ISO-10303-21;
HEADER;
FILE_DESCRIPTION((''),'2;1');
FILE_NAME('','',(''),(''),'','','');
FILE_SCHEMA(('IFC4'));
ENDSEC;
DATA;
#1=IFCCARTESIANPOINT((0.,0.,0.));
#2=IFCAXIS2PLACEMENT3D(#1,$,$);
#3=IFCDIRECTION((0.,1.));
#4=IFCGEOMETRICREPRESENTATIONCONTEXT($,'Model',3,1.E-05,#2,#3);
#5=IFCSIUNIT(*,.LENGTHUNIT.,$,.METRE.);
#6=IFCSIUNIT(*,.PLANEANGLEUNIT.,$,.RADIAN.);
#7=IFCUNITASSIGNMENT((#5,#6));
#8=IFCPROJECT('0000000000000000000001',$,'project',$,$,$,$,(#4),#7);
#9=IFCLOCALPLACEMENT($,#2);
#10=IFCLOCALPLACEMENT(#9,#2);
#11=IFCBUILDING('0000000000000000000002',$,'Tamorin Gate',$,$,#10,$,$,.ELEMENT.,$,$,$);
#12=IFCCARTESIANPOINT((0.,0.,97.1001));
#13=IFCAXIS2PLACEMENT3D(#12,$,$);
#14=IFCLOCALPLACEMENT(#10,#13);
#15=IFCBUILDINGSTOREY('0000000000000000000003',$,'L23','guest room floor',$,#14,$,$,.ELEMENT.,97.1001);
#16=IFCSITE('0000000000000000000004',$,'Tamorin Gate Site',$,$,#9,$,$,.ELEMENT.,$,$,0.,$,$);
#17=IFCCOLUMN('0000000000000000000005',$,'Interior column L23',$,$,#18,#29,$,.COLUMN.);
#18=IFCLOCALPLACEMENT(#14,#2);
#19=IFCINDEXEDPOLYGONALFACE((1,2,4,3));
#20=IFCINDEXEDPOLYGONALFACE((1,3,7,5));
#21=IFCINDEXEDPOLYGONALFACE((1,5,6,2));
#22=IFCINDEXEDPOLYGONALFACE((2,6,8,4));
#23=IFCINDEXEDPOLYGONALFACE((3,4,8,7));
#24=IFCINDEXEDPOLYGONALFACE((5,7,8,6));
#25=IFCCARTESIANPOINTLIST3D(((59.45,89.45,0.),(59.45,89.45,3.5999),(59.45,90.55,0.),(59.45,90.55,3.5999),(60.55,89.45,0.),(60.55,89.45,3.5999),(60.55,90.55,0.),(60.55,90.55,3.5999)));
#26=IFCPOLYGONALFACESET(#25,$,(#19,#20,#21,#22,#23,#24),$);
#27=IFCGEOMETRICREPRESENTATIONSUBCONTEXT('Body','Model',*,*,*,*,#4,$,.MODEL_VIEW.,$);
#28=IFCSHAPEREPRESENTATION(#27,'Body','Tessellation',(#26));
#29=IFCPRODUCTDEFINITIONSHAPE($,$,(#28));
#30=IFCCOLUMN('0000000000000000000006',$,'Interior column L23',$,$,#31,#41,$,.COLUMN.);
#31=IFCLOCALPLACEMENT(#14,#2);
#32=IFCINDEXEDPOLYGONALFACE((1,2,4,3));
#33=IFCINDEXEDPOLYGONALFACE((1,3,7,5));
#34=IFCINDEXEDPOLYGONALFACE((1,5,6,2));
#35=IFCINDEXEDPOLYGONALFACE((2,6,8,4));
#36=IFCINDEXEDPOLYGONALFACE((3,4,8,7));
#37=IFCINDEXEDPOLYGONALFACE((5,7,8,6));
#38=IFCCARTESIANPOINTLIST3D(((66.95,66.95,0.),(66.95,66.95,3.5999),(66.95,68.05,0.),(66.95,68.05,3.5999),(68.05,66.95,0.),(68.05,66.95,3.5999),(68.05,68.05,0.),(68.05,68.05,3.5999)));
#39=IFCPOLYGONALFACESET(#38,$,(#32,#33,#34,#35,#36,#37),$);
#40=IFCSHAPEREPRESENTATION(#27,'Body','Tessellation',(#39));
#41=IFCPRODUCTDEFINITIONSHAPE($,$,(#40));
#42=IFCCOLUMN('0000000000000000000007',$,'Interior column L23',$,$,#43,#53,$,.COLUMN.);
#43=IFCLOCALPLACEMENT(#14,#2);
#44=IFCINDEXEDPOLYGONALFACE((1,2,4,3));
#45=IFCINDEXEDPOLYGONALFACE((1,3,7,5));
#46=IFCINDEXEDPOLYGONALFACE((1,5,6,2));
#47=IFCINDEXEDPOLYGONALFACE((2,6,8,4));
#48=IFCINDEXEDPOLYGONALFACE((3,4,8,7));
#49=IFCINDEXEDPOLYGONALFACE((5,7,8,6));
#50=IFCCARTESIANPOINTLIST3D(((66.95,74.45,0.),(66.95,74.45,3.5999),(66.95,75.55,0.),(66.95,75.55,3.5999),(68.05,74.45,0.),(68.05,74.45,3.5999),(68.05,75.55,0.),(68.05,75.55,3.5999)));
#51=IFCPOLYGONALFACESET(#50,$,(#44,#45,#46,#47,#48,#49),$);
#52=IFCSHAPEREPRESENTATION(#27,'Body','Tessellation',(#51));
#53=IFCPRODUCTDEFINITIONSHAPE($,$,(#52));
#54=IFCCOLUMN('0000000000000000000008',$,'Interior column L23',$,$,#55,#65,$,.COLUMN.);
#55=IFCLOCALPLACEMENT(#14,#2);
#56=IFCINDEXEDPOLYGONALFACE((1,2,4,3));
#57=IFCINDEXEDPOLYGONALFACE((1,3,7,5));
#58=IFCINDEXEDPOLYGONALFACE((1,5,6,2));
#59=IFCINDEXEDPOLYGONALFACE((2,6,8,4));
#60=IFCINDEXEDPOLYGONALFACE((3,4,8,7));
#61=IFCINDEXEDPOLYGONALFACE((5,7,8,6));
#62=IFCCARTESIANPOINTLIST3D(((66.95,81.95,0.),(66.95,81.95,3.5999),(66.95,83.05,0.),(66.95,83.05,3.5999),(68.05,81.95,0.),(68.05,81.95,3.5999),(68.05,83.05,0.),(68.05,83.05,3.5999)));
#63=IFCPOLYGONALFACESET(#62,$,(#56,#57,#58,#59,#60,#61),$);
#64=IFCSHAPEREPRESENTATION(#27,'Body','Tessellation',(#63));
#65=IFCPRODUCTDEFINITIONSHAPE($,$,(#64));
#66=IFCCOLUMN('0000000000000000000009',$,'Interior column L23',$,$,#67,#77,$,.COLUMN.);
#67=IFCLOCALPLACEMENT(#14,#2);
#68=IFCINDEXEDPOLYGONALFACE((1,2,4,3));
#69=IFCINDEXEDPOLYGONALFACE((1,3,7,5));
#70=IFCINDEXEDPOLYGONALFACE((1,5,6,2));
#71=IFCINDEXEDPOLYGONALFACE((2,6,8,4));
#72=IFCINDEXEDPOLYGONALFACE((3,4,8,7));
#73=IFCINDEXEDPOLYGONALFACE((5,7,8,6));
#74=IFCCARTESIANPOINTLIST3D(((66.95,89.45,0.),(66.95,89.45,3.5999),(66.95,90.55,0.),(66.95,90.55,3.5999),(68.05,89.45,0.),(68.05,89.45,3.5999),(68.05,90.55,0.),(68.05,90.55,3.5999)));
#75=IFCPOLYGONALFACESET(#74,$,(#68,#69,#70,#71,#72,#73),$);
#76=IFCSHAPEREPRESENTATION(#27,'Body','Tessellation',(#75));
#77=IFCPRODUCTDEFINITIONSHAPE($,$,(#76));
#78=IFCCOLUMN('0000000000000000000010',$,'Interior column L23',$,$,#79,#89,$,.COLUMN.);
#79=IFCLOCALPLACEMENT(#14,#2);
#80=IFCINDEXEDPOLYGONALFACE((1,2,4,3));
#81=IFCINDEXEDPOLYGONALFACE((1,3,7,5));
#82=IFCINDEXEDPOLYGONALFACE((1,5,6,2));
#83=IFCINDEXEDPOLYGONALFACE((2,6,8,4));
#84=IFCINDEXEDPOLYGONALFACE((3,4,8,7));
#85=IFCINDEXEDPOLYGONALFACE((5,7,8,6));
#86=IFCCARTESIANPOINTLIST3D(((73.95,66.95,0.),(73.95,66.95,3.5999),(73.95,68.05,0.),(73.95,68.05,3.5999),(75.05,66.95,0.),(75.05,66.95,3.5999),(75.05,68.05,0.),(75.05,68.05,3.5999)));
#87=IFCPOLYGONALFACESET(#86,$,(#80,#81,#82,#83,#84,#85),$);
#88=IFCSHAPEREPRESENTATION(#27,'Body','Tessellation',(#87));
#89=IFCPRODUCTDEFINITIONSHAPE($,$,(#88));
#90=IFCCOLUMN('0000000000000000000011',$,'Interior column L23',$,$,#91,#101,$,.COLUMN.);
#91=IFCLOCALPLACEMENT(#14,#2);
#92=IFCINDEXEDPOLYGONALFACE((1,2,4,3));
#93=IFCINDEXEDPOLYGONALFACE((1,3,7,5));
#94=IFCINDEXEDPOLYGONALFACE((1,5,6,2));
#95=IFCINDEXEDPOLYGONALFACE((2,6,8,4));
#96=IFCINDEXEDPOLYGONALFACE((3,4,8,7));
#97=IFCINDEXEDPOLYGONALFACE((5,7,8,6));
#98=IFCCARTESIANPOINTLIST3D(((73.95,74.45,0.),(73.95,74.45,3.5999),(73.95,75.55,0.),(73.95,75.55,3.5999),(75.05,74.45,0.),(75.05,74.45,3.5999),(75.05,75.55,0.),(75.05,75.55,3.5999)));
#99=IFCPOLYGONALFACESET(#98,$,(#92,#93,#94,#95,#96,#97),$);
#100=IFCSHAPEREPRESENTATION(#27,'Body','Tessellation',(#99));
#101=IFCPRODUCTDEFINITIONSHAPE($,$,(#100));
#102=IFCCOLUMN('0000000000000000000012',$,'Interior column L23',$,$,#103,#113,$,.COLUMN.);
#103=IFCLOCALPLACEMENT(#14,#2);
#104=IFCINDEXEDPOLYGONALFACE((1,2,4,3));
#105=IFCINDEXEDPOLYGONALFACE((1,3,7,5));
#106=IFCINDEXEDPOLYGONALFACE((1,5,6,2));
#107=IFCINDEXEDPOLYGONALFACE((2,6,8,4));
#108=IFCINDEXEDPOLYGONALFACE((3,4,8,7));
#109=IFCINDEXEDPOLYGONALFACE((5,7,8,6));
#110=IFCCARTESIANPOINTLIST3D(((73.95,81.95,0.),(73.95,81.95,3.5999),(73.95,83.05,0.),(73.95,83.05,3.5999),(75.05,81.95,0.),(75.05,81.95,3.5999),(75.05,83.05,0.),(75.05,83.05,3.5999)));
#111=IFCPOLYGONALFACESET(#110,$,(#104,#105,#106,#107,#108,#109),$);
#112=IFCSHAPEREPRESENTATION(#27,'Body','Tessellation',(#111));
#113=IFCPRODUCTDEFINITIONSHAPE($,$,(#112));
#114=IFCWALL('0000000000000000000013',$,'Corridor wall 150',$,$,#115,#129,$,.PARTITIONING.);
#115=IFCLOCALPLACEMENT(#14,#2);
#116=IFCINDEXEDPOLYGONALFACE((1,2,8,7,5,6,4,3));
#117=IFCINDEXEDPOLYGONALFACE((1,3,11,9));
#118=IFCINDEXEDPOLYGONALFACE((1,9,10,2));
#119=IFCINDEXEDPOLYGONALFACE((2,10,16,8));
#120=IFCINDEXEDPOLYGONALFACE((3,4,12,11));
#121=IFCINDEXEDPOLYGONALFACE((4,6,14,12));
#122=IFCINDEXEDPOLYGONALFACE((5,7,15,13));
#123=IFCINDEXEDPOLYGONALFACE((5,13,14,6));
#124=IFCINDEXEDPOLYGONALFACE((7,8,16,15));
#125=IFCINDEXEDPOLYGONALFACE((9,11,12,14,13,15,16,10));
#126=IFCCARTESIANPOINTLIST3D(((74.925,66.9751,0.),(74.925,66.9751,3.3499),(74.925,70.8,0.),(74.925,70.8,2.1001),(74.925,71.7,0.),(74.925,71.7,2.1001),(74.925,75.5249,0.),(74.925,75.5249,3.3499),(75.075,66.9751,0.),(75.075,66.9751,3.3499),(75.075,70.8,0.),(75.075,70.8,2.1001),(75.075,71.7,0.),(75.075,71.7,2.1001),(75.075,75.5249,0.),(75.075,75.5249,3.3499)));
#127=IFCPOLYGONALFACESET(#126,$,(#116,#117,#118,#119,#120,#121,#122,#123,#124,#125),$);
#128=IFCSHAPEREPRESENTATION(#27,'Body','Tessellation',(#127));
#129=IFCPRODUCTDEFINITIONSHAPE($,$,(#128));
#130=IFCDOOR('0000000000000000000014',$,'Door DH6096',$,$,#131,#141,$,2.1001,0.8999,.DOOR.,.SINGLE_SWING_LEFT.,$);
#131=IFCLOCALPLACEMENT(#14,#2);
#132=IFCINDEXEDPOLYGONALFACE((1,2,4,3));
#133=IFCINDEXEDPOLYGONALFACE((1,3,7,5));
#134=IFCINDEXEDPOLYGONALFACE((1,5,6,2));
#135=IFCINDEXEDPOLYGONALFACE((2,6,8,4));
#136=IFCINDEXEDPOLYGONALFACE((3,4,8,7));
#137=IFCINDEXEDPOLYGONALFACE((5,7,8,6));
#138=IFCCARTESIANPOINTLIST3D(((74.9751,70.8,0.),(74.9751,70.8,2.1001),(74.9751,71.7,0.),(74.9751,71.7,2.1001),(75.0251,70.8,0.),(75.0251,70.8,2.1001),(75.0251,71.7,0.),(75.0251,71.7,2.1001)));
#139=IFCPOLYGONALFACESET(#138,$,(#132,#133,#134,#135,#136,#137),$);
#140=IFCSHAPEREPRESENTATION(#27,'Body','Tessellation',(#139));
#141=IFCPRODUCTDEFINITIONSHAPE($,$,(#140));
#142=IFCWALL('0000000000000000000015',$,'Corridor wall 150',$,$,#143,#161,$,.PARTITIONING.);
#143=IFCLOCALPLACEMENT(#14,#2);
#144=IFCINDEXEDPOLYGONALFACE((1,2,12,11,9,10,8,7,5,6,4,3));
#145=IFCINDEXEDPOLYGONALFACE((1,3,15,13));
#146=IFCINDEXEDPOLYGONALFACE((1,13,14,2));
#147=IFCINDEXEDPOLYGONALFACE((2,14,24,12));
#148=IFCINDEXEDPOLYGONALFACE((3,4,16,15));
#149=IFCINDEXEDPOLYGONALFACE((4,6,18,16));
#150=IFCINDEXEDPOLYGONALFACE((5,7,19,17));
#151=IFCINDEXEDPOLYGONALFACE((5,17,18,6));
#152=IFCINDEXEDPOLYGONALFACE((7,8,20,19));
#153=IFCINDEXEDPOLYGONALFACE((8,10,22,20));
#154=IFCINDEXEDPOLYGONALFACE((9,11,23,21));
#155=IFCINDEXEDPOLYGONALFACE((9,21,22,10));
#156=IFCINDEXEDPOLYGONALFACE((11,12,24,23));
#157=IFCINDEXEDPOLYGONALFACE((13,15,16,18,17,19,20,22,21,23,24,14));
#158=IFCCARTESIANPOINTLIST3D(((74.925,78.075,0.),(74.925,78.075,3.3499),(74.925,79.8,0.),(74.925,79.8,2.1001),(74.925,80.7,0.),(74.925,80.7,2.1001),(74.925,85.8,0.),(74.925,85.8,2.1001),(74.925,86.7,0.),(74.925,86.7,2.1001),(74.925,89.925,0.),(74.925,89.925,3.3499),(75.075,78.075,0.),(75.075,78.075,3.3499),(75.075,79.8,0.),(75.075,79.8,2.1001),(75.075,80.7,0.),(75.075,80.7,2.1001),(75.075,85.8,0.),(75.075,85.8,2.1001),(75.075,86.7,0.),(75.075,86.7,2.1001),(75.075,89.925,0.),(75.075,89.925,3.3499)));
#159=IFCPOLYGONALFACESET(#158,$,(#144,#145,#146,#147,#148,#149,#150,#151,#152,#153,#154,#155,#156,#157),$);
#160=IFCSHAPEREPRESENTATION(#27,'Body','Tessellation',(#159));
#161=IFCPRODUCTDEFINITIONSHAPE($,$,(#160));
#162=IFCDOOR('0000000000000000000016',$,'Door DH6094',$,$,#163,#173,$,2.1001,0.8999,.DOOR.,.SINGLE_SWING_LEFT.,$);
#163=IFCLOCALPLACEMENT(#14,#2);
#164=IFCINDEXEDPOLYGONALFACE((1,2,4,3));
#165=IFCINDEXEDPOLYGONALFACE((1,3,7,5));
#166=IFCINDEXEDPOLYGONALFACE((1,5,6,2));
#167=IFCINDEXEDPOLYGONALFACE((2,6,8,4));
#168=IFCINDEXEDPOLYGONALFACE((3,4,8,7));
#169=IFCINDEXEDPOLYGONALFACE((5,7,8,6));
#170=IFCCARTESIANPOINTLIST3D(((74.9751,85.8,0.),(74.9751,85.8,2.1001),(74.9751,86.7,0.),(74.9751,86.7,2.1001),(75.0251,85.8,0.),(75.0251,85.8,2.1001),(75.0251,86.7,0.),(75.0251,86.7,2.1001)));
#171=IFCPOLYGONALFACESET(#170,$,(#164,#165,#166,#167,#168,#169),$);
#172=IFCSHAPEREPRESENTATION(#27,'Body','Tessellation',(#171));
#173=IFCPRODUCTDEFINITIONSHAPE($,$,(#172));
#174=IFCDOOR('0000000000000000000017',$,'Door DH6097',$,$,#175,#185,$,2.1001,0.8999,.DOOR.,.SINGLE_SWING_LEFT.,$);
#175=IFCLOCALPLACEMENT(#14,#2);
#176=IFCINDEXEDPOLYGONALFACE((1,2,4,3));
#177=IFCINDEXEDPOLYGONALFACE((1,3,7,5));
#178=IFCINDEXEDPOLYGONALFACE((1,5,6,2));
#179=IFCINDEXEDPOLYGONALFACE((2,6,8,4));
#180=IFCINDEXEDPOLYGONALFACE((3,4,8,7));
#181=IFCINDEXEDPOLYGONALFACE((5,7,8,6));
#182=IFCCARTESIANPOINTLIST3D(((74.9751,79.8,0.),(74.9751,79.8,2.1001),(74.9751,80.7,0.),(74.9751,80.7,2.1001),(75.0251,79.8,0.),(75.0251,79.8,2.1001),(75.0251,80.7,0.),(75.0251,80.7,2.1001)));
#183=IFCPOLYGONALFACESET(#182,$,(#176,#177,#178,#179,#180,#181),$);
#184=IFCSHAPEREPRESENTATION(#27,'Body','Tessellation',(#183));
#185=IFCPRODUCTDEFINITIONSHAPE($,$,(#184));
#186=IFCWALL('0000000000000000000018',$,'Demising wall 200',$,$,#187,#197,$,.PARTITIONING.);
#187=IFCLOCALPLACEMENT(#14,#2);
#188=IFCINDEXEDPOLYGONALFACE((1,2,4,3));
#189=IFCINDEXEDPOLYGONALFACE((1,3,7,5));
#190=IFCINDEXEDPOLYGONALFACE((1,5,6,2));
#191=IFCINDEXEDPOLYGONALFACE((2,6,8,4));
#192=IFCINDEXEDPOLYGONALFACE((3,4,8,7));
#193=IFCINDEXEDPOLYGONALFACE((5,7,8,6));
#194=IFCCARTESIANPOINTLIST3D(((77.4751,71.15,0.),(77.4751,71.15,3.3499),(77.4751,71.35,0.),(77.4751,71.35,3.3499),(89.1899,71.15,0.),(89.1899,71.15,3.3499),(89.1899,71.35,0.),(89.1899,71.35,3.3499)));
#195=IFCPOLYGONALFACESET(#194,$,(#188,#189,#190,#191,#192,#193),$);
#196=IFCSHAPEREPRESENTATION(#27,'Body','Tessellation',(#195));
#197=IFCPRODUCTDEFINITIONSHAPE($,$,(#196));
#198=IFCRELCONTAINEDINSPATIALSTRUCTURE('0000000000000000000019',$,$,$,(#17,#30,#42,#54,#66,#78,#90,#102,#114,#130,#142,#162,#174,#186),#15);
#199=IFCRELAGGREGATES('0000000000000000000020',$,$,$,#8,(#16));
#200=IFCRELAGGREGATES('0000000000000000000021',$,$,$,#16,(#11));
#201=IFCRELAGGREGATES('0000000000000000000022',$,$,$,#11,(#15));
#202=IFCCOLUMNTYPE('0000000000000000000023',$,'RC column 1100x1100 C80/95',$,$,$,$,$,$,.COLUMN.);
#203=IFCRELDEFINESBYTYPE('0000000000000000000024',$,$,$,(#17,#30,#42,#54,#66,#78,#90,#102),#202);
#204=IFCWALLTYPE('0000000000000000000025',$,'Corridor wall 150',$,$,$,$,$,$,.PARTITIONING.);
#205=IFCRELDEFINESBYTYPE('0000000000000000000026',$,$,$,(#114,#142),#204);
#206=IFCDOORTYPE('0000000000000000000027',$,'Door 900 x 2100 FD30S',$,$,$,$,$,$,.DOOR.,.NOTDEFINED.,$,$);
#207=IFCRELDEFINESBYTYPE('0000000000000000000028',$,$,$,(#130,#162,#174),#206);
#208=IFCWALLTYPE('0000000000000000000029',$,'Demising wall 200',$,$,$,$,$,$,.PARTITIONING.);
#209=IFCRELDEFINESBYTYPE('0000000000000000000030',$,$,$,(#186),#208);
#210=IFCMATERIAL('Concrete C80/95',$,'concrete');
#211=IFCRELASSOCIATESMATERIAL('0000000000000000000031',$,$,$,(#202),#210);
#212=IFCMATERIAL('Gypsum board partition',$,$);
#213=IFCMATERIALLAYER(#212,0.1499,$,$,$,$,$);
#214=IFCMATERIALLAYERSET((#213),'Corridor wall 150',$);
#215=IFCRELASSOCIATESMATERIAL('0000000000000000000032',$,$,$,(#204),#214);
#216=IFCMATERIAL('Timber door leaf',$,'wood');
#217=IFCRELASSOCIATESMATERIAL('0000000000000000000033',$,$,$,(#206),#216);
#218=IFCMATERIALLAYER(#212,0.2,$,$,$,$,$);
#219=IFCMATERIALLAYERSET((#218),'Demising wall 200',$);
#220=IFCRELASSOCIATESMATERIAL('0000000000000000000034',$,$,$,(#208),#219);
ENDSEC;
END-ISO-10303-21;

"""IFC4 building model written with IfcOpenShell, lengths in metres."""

from ifc_helpers import new_model, si_unit, direction, frame, frame_2d, origin, origin_2d, place, context, subcontext, project, spatial, rectangle, extrude, material, layer, layer_set, material_profile, profile_set, type_object, element, fill, save


model = new_model("IFC4")

# Units and contexts
model_context = context("Model", 3, precision=1e-05, world=origin(), true_north=direction((0.0, 1.0)))
body_context = subcontext(model_context, "Body", "Model", "MODEL_VIEW")
ifc_project = project(units=[si_unit("LENGTHUNIT", "METRE"), si_unit("PLANEANGLEUNIT", "RADIAN")], contexts=[model_context])

# Site, building, storey
site_placement = place(None, origin())
site = spatial("IfcSite", under=ifc_project, at=site_placement, Name="Tamorin Gate Site", CompositionType="ELEMENT", RefElevation=0.0)
building_placement = place(site_placement, origin())
building = spatial("IfcBuilding", under=site, at=building_placement, Name="Tamorin Gate", CompositionType="ELEMENT")
storey_placement = place(building_placement, frame((0.0, 0.0, 97.1001)))
storey = spatial("IfcBuildingStorey", under=building, at=storey_placement, Name="L23", Description="guest room floor", CompositionType="ELEMENT", Elevation=97.1001)

# Columns
ifc_material_1 = material(Name="Concrete C80/95", Category="concrete")
ifc_material_profile = material_profile(ifc_material_1, rectangle(XDim=1.1001, YDim=1.1001, at=origin_2d()), Name="RC 1100x1100")
ifc_profile_set = profile_set([ifc_material_profile], Name="Concrete C80/95")
column_type = type_object("IfcColumnType", Name="RC column 1100x1100 C80/95", PredefinedType="COLUMN", material=ifc_profile_set)
for number, where, z_axis, x_axis, name in (
    (1, (60.0, 90.0, 0.0), (0.0, 0.0, 1.0), (1.0, 0.0, 0.0), "Interior column L23"),
    (2, (67.5, 67.5, 0.0), (0.0, 0.0, 1.0), (1.0, 0.0, 0.0), "Interior column L23"),
    (3, (67.5, 75.0, 0.0), (0.0, 0.0, 1.0), (1.0, 0.0, 0.0), "Interior column L23"),
    (4, (67.5, 82.5, 0.0), (0.0, 0.0, 1.0), (1.0, 0.0, 0.0), "Interior column L23"),
    (5, (67.5, 90.0, 0.0), (0.0, 0.0, 1.0), (1.0, 0.0, 0.0), "Interior column L23"),
    (6, (74.5, 67.5, 0.0), (0.0, 0.0, 1.0), (1.0, 0.0, 0.0), "Interior column L23"),
    (7, (74.5, 75.0, 0.0), (0.0, 0.0, 1.0), (1.0, 0.0, 0.0), "Interior column L23"),
    (8, (74.5, 82.5, 0.0), (0.0, 0.0, 1.0), (1.0, 0.0, 0.0), "Interior column L23"),
):
    element("IfcColumn", number, at=place(storey_placement, frame(where, z_axis=z_axis, x_axis=x_axis)), inside=storey, type_object=column_type, Name=name, PredefinedType="COLUMN", context=body_context, shape_type="SweptSolid", body=[
        extrude(rectangle(XDim=1.1001, YDim=1.1001, at=origin_2d()), origin(), (0.0, 0.0, 1.0), 3.5999),
    ])

# Wall, opening, door
ifc_material_2 = material(Name="Gypsum board partition")
ifc_layer_1 = layer(ifc_material_2, 0.1499)
ifc_layer_set_1 = layer_set([ifc_layer_1], Name="Corridor wall 150")
wall_type_1 = type_object("IfcWallType", Name="Corridor wall 150", PredefinedType="PARTITIONING", material=ifc_layer_set_1)
wall_1_placement = place(storey_placement, frame((75.0, 66.9751, 0.0), z_axis=(0.0, 0.0, 1.0), x_axis=(0.0, 1.0, 0.0)))
wall_1 = element("IfcWall", 9, at=wall_1_placement, inside=storey, type_object=wall_type_1, Name="Corridor wall 150", PredefinedType="PARTITIONING", context=body_context, shape_type="SweptSolid", body=[
    extrude(rectangle(XDim=8.5498, YDim=0.1499, at=frame_2d((4.2749, 0.0))), origin(), (0.0, 0.0, 1.0), 3.3499),
])
opening_1_placement = place(wall_1_placement, frame((3.825, 0.0, 0.0)))
opening_1 = element("IfcOpeningElement", 10, at=opening_1_placement, cuts=wall_1, PredefinedType="OPENING", context=body_context, shape_type="SweptSolid", body=[
    extrude(rectangle(XDim=0.8999, YDim=2.1001, at=frame_2d((0.45, 1.05))), frame((0.0, 0.085, 0.0), z_axis=(0.0, -1.0, 0.0), x_axis=(1.0, 0.0, 0.0)), (0.0, 0.0, 1.0), 0.1699),
])
ifc_material_3 = material(Name="Timber door leaf", Category="wood")
door_type_1 = type_object("IfcDoorType", Name="Door 900 x 2100 FD30S", OperationType="NOTDEFINED", PredefinedType="DOOR", material=ifc_material_3)
door_1_placement = place(opening_1_placement, origin())
door_1 = element("IfcDoor", 11, at=door_1_placement, inside=storey, type_object=door_type_1, Name="Door DH6096", OperationType="SINGLE_SWING_LEFT", OverallHeight=2.1001, OverallWidth=0.8999, PredefinedType="DOOR", context=body_context, shape_type="SweptSolid", body=[
    extrude(rectangle(XDim=0.8999, YDim=2.1001, at=frame_2d((0.45, 1.05))), frame((0.0, 0.0249, 0.0), z_axis=(0.0, -1.0, 0.0), x_axis=(1.0, 0.0, 0.0)), (0.0, 0.0, 1.0), 0.05),
])
fill(opening_1, door_1)

# Wall, openings, doors
wall_2_placement = place(storey_placement, frame((75.0, 78.075, 0.0), z_axis=(0.0, 0.0, 1.0), x_axis=(0.0, 1.0, 0.0)))
wall_2 = element("IfcWall", 12, at=wall_2_placement, inside=storey, type_object=wall_type_1, Name="Corridor wall 150", PredefinedType="PARTITIONING", context=body_context, shape_type="SweptSolid", body=[
    extrude(rectangle(XDim=11.8501, YDim=0.1499, at=frame_2d((5.925, 0.0))), origin(), (0.0, 0.0, 1.0), 3.3499),
])
opening_2_placement = place(wall_2_placement, frame((7.7251, 0.0, 0.0)))
opening_2 = element("IfcOpeningElement", 13, at=opening_2_placement, cuts=wall_2, PredefinedType="OPENING", context=body_context, shape_type="SweptSolid", body=[
    extrude(rectangle(XDim=0.8999, YDim=2.1001, at=frame_2d((0.45, 1.05))), frame((0.0, 0.085, 0.0), z_axis=(0.0, -1.0, 0.0), x_axis=(1.0, 0.0, 0.0)), (0.0, 0.0, 1.0), 0.1699),
])
opening_3_placement = place(wall_2_placement, frame((1.7251, 0.0, 0.0)))
opening_3 = element("IfcOpeningElement", 14, at=opening_3_placement, cuts=wall_2, PredefinedType="OPENING", context=body_context, shape_type="SweptSolid", body=[
    extrude(rectangle(XDim=0.8999, YDim=2.1001, at=frame_2d((0.45, 1.05))), frame((0.0, 0.085, 0.0), z_axis=(0.0, -1.0, 0.0), x_axis=(1.0, 0.0, 0.0)), (0.0, 0.0, 1.0), 0.1699),
])
door_2_placement = place(opening_2_placement, origin())
door_2 = element("IfcDoor", 15, at=door_2_placement, inside=storey, type_object=door_type_1, Name="Door DH6094", OperationType="SINGLE_SWING_LEFT", OverallHeight=2.1001, OverallWidth=0.8999, PredefinedType="DOOR", context=body_context, shape_type="SweptSolid", body=[
    extrude(rectangle(XDim=0.8999, YDim=2.1001, at=frame_2d((0.45, 1.05))), frame((0.0, 0.0249, 0.0), z_axis=(0.0, -1.0, 0.0), x_axis=(1.0, 0.0, 0.0)), (0.0, 0.0, 1.0), 0.05),
])
fill(opening_2, door_2)
door_3_placement = place(opening_3_placement, origin())
door_3 = element("IfcDoor", 16, at=door_3_placement, inside=storey, type_object=door_type_1, Name="Door DH6097", OperationType="SINGLE_SWING_LEFT", OverallHeight=2.1001, OverallWidth=0.8999, PredefinedType="DOOR", context=body_context, shape_type="SweptSolid", body=[
    extrude(rectangle(XDim=0.8999, YDim=2.1001, at=frame_2d((0.45, 1.05))), frame((0.0, 0.0249, 0.0), z_axis=(0.0, -1.0, 0.0), x_axis=(1.0, 0.0, 0.0)), (0.0, 0.0, 1.0), 0.05),
])
fill(opening_3, door_3)

# Wall
ifc_layer_2 = layer(ifc_material_2, 0.2)
ifc_layer_set_2 = layer_set([ifc_layer_2], Name="Demising wall 200")
wall_type_2 = type_object("IfcWallType", Name="Demising wall 200", PredefinedType="PARTITIONING", material=ifc_layer_set_2)
wall_3_placement = place(storey_placement, frame((77.4751, 71.25, 0.0), z_axis=(0.0, 0.0, 1.0), x_axis=(1.0, 0.0, 0.0)))
element("IfcWall", 17, at=wall_3_placement, inside=storey, type_object=wall_type_2, Name="Demising wall 200", PredefinedType="PARTITIONING", context=body_context, shape_type="SweptSolid", body=[
    extrude(rectangle(XDim=11.7148, YDim=0.2, at=frame_2d((5.8574, 0.0))), origin(), (0.0, 0.0, 1.0), 3.3499),
])

save(model, "model.ifc")
